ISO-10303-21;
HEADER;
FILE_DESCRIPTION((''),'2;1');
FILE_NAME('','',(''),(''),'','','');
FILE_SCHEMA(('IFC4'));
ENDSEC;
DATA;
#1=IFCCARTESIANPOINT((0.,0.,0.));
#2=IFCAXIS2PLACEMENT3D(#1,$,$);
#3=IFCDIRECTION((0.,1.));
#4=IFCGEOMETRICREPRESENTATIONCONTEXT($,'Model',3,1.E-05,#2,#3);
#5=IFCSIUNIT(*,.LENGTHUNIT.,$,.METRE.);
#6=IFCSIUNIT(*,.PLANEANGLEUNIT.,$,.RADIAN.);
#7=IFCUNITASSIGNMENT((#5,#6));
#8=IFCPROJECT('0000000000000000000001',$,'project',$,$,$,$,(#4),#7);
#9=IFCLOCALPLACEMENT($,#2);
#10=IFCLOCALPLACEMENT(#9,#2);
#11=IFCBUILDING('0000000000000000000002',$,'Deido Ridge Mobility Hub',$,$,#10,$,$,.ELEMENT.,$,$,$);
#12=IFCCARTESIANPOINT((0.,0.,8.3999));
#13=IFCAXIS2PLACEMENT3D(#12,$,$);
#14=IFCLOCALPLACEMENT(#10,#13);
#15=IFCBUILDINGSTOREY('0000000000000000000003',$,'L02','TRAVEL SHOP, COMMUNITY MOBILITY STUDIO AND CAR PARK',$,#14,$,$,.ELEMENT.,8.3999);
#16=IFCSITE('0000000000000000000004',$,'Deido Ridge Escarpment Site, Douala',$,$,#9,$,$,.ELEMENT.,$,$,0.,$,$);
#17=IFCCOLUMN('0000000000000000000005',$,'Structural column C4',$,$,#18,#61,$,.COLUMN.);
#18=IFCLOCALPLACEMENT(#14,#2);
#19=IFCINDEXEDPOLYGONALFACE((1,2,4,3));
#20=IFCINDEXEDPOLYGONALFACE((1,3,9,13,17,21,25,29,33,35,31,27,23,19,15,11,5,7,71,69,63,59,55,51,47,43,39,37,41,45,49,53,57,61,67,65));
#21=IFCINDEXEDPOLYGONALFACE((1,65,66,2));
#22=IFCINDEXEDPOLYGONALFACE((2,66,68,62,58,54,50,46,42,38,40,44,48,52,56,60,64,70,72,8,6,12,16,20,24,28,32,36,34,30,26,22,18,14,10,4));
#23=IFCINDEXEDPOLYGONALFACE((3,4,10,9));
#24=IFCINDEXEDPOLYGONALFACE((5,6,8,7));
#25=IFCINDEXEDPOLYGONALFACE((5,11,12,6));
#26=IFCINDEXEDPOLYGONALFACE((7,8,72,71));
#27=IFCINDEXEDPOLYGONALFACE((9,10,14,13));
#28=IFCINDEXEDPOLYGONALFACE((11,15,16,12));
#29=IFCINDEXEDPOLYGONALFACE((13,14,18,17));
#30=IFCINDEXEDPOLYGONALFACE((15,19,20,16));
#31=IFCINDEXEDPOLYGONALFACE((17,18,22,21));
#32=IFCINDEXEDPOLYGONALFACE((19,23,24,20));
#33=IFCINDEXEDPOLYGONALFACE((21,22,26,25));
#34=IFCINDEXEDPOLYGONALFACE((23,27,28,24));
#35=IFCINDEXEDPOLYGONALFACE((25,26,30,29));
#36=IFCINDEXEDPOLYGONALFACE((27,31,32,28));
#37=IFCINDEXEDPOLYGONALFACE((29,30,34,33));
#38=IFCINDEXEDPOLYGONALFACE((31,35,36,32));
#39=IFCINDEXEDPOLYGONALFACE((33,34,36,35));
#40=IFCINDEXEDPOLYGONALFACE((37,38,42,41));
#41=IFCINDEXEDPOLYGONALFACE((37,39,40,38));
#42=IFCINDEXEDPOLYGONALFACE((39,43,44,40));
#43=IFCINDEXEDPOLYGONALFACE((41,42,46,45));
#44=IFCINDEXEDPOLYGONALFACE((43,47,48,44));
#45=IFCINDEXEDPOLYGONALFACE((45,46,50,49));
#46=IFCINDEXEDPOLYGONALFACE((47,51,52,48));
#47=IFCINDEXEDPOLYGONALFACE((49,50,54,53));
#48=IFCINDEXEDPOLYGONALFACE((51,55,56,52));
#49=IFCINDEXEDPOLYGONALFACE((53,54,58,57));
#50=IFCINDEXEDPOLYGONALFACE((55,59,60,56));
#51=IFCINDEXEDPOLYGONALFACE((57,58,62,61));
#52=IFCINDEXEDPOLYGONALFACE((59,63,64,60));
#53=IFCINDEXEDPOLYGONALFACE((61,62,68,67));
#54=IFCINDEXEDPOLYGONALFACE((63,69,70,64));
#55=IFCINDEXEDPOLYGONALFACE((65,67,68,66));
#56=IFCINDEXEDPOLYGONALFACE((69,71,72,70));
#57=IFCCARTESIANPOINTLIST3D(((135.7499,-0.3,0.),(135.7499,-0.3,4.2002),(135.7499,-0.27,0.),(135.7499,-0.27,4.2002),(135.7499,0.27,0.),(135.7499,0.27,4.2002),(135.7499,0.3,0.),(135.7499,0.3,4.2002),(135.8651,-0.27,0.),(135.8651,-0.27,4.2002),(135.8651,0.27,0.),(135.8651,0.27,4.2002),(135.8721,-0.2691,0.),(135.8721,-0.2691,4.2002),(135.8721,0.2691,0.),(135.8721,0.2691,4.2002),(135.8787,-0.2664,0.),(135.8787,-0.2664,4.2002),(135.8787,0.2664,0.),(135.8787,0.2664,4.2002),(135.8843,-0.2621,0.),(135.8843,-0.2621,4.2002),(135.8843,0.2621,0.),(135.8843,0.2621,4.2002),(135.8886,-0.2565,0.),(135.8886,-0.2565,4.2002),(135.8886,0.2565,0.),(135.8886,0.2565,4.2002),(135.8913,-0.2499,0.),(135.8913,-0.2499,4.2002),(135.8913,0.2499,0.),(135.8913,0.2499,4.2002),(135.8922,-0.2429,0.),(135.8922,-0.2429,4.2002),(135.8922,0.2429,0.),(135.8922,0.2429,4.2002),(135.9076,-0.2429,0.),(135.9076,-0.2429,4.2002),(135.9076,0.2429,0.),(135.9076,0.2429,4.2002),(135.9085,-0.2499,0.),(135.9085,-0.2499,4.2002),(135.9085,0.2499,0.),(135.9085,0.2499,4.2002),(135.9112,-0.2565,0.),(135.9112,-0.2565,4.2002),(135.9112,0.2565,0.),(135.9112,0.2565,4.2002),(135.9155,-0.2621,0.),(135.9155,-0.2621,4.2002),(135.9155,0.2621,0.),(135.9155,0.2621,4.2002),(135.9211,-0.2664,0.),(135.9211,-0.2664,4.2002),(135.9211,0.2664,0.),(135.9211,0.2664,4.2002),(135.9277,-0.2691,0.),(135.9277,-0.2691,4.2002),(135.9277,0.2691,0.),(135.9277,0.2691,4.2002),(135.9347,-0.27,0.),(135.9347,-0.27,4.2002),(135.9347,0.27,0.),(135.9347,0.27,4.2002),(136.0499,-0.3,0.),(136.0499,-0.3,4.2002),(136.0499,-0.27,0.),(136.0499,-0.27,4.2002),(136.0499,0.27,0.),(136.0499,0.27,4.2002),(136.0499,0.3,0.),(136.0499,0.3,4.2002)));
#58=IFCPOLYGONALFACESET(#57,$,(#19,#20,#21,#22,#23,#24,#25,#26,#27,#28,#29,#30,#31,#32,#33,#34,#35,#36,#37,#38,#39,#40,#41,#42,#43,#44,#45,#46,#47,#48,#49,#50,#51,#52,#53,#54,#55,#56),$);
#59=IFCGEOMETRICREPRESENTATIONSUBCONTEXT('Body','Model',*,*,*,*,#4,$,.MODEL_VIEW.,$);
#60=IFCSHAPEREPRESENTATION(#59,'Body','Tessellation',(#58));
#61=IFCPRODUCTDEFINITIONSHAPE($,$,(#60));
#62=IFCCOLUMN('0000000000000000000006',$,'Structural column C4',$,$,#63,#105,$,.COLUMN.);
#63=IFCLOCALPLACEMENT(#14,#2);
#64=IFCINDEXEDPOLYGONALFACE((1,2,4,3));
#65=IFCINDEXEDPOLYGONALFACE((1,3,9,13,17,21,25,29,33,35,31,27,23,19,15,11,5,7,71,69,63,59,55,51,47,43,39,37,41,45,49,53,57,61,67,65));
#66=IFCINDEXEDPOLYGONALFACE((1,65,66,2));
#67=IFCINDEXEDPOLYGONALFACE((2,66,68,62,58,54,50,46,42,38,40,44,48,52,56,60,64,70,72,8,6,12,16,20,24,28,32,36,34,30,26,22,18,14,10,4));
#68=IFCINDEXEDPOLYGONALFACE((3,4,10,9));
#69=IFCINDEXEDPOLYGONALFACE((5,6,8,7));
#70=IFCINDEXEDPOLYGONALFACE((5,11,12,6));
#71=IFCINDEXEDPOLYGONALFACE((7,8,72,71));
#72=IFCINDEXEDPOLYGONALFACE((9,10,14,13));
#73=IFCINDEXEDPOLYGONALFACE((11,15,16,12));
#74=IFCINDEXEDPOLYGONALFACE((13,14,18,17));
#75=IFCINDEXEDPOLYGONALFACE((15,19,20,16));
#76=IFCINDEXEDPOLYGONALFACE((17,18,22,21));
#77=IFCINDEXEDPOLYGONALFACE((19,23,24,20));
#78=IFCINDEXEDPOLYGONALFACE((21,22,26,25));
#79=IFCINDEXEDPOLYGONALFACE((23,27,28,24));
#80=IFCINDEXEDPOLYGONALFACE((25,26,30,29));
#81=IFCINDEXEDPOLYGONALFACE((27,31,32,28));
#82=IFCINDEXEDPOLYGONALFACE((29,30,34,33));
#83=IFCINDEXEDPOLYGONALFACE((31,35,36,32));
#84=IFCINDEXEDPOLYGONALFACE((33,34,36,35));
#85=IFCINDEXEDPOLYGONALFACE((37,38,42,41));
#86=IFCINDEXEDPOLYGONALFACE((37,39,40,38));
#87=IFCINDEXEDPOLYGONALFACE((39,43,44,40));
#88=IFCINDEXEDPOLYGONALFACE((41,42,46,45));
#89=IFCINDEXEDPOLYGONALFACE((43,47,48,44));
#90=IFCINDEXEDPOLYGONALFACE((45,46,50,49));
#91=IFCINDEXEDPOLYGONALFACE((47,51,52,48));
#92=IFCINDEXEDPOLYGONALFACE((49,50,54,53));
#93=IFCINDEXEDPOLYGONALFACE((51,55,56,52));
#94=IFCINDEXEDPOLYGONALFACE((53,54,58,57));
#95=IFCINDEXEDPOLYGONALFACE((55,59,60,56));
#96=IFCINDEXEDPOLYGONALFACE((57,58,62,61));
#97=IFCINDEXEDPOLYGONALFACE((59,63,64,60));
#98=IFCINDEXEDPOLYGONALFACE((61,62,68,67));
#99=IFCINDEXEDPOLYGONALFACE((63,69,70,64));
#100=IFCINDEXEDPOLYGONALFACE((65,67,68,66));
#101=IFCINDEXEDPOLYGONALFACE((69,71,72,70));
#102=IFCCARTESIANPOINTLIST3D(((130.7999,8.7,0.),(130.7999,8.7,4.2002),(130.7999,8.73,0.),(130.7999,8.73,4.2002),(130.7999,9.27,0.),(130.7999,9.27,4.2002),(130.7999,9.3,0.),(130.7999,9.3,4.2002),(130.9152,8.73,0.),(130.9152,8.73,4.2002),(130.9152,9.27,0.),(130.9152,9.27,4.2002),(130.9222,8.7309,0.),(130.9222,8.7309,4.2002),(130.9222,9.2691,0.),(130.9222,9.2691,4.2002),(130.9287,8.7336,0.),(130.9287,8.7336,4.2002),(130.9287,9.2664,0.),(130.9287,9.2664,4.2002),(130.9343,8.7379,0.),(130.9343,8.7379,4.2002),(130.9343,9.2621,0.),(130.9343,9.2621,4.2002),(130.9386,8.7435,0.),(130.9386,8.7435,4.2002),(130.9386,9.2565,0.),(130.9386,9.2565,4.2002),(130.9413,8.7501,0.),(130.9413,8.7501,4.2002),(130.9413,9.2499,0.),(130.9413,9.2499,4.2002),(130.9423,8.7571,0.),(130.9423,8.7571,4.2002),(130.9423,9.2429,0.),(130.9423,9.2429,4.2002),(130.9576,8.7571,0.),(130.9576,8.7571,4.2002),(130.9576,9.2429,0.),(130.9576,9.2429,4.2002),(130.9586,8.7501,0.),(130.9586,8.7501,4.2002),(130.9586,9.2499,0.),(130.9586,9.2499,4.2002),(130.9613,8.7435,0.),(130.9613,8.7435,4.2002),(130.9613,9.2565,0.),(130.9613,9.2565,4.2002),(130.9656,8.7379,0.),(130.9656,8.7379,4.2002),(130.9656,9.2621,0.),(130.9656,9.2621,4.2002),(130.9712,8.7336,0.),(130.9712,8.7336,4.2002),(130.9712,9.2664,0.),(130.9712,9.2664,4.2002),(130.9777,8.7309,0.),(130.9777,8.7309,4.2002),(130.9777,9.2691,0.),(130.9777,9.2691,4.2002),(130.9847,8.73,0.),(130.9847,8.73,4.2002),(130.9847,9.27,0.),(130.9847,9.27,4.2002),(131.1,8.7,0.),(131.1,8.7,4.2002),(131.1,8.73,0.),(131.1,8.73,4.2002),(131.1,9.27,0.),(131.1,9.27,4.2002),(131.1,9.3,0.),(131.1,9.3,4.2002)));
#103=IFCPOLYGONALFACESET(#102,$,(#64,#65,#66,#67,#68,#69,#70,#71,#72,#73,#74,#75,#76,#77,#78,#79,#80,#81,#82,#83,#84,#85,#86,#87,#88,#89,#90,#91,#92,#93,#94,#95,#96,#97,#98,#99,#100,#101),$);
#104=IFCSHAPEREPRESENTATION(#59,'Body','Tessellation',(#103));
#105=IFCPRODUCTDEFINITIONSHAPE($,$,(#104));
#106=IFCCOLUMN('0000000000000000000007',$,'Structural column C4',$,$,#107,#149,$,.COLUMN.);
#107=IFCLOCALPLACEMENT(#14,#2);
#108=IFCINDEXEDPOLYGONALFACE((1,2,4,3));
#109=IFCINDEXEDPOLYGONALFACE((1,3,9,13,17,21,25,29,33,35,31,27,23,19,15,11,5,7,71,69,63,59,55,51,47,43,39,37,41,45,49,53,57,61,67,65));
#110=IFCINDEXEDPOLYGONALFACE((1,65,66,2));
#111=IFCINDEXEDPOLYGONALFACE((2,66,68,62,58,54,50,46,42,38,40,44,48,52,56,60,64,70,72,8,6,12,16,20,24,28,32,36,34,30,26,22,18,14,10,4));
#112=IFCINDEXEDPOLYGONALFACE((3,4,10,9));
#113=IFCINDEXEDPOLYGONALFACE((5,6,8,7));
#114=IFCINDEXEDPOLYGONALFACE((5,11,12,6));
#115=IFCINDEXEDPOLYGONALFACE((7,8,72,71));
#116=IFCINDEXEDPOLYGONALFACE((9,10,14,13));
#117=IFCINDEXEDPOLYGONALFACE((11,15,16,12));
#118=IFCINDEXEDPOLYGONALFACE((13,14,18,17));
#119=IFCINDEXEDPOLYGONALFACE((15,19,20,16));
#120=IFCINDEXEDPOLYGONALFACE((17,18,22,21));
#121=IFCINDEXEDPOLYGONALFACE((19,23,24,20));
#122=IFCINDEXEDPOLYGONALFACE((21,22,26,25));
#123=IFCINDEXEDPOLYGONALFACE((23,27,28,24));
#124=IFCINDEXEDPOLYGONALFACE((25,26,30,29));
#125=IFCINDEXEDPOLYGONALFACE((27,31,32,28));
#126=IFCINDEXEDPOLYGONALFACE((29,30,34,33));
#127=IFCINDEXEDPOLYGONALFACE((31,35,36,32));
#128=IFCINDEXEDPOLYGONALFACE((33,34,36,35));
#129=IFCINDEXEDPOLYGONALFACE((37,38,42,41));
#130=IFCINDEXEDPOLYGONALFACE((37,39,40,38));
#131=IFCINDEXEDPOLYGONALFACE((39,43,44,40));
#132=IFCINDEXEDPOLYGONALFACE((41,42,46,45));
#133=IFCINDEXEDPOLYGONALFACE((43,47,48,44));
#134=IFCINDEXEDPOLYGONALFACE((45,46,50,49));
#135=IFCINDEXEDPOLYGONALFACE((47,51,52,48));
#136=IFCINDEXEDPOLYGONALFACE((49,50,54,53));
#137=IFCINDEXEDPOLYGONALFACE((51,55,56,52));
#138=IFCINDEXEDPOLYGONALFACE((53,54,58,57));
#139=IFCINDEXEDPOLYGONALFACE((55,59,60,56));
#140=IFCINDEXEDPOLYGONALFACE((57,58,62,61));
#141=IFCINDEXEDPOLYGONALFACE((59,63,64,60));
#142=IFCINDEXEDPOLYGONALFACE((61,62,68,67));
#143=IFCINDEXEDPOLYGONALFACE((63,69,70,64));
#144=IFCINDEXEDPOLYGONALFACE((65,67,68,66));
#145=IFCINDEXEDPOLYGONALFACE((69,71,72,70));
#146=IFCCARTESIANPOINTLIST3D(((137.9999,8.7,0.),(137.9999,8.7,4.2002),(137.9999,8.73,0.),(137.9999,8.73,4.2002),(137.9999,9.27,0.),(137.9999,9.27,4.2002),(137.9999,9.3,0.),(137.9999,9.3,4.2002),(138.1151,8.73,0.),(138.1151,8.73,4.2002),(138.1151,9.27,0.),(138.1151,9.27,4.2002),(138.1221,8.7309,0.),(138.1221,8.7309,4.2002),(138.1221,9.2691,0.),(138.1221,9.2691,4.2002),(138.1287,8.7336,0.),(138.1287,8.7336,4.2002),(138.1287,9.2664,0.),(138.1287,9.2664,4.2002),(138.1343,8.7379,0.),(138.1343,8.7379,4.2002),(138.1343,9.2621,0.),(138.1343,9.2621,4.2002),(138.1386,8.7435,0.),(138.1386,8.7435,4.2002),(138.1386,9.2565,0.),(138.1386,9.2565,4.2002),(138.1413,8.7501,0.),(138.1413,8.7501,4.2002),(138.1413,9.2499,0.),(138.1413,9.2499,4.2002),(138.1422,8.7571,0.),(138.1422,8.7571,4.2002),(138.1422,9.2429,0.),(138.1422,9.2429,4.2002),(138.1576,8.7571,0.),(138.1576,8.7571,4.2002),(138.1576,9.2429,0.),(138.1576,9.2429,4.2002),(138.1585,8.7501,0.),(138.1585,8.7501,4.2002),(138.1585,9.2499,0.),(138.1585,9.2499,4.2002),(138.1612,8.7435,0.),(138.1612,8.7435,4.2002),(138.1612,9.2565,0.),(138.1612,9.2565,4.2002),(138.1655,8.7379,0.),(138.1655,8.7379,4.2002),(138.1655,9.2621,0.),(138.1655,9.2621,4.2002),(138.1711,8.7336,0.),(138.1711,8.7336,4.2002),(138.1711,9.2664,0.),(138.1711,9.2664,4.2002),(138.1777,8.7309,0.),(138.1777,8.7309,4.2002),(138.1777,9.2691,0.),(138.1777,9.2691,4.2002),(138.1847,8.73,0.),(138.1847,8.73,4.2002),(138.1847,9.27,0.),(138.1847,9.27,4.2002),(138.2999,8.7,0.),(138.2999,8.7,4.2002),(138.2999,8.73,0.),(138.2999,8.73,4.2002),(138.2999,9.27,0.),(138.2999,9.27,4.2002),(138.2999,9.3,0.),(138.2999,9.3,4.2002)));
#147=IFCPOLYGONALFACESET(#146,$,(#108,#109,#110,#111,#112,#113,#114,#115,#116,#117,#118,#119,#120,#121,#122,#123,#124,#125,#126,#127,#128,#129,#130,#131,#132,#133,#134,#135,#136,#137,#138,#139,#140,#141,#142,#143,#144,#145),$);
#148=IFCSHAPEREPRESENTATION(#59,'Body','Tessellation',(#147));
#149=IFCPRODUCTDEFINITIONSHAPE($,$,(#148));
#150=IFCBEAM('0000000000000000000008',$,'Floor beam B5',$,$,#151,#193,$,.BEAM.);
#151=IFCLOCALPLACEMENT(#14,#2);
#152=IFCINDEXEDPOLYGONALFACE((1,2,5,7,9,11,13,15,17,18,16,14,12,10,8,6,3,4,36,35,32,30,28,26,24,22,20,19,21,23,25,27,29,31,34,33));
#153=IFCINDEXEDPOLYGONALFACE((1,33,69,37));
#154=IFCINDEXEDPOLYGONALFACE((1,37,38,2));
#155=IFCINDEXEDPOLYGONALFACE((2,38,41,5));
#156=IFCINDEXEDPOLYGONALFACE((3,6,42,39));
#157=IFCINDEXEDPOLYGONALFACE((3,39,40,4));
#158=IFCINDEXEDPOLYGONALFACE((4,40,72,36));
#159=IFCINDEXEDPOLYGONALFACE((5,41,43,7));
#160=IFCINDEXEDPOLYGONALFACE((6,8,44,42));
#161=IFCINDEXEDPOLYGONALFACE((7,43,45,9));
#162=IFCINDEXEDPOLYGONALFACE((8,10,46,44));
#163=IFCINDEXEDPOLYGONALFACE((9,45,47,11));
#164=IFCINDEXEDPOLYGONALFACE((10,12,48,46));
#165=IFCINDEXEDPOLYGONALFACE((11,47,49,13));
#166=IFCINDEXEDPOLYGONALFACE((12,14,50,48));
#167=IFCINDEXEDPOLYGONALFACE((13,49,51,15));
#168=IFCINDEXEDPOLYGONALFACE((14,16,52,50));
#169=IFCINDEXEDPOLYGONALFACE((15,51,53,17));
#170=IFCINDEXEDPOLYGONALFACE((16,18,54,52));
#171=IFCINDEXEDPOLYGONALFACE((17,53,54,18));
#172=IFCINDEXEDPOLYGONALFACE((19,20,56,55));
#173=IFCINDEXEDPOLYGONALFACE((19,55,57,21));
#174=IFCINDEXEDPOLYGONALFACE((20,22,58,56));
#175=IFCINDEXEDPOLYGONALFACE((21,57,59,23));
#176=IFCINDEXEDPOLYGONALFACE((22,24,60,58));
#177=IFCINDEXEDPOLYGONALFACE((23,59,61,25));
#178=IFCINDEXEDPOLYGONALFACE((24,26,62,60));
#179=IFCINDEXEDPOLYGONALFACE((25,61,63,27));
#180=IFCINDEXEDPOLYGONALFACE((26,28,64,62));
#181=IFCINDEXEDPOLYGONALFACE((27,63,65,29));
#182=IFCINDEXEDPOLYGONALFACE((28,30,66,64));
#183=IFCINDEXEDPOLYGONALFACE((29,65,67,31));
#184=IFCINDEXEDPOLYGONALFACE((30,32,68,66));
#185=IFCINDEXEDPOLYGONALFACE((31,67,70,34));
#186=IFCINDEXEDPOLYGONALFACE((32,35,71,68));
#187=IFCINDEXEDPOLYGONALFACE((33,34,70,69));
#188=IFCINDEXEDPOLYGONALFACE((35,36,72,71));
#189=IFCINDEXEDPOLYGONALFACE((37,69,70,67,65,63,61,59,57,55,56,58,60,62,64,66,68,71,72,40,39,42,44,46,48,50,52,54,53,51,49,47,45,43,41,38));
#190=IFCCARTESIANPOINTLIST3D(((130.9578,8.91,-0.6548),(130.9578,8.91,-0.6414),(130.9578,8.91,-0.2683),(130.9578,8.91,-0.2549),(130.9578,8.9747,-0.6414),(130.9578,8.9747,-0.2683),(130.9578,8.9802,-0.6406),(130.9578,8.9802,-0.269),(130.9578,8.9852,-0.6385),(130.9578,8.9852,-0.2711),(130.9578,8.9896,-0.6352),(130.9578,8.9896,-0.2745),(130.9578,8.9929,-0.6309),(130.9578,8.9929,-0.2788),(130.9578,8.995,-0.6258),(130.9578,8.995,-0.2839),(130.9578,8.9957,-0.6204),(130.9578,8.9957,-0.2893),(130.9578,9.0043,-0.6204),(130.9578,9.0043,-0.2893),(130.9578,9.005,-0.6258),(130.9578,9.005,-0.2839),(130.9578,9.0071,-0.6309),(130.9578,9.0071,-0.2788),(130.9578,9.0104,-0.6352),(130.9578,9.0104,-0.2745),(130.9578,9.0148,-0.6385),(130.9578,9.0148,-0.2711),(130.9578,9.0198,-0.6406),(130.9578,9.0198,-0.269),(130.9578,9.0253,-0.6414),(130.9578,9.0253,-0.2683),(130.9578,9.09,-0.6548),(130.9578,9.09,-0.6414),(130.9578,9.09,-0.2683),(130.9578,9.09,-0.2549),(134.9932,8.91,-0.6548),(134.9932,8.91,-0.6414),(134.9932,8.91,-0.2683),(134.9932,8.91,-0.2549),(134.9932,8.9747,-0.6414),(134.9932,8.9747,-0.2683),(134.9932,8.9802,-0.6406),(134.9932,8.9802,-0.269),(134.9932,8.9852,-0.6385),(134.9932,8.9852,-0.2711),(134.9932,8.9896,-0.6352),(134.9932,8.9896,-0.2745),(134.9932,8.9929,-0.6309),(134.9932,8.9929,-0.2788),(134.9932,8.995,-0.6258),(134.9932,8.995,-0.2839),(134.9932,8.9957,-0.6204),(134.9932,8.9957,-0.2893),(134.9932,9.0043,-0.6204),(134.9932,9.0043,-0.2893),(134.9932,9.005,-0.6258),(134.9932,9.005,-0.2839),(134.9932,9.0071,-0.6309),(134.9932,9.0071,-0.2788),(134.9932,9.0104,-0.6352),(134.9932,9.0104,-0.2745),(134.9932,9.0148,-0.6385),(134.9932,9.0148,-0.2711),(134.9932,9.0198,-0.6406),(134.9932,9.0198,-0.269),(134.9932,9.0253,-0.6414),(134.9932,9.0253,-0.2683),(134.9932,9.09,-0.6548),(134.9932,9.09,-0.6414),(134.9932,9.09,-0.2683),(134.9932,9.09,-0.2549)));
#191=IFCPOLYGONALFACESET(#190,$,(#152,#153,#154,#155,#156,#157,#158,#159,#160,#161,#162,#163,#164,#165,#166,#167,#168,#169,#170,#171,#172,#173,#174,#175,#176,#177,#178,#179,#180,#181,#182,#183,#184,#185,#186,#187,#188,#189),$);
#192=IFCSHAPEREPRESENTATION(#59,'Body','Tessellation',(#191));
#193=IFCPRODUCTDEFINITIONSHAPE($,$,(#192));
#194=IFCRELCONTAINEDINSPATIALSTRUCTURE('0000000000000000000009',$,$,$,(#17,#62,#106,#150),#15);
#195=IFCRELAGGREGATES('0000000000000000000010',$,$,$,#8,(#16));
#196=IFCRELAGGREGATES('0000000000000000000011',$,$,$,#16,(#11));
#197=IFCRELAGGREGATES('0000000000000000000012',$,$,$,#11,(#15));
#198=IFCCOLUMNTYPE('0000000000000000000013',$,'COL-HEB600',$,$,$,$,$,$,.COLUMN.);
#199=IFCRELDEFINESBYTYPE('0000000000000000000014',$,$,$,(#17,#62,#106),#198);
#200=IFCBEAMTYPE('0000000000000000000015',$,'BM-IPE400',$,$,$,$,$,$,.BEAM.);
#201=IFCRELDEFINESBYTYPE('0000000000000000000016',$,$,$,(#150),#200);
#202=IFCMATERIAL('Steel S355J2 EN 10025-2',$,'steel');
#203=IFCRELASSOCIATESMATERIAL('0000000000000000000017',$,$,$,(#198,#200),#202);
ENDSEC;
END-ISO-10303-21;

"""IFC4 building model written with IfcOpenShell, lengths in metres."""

from ifc_helpers import new_model, si_unit, direction, frame, origin, origin_2d, place, context, subcontext, project, spatial, i_section, extrude, material, material_profile, profile_set, type_object, element, save


model = new_model("IFC4")

# Units and contexts
model_context = context("Model", 3, precision=1e-05, world=origin(), true_north=direction((0.0, 1.0)))
body_context = subcontext(model_context, "Body", "Model", "MODEL_VIEW")
ifc_project = project(units=[si_unit("LENGTHUNIT", "METRE"), si_unit("PLANEANGLEUNIT", "RADIAN")], contexts=[model_context])

# Site, building, storey
site_placement = place(None, origin())
site = spatial("IfcSite", under=ifc_project, at=site_placement, Name="Deido Ridge Escarpment Site, Douala", CompositionType="ELEMENT", RefElevation=0.0)
building_placement = place(site_placement, origin())
building = spatial("IfcBuilding", under=site, at=building_placement, Name="Deido Ridge Mobility Hub", CompositionType="ELEMENT")
storey_placement = place(building_placement, frame((0.0, 0.0, 8.3999)))
storey = spatial("IfcBuildingStorey", under=building, at=storey_placement, Name="L02", Description="TRAVEL SHOP, COMMUNITY MOBILITY STUDIO AND CAR PARK", CompositionType="ELEMENT", Elevation=8.3999)

# Columns
ifc_material_1 = material(Name="Steel S355J2 EN 10025-2", Category="steel")
ifc_material_profile_1 = material_profile(ifc_material_1, i_section(OverallWidth=0.3, OverallDepth=0.6001, WebThickness=0.0154, FlangeThickness=0.03, FilletRadius=0.0271, at=origin_2d()), Name="HEB 600")
ifc_profile_set_1 = profile_set([ifc_material_profile_1], Name="Steel S355J2 EN 10025-2")
column_type_1 = type_object("IfcColumnType", Name="COL-HEB600", PredefinedType="COLUMN", material=ifc_profile_set_1)
for number, where, z_axis, x_axis, name in (
    (1, (135.8999, 0.0, 0.0), (0.0, 0.0, 1.0), (1.0, 0.0, 0.0), "Structural column C4"),
    (2, (130.95, 9.0, 0.0), (0.0, 0.0, 1.0), (1.0, 0.0, 0.0), "Structural column C4"),
    (3, (138.1499, 9.0, 0.0), (0.0, 0.0, 1.0), (1.0, 0.0, 0.0), "Structural column C4"),
):
    element("IfcColumn", number, at=place(storey_placement, frame(where, z_axis=z_axis, x_axis=x_axis)), inside=storey, type_object=column_type_1, Name=name, PredefinedType="COLUMN", context=body_context, shape_type="SweptSolid", body=[
        extrude(i_section(OverallWidth=0.3, OverallDepth=0.6001, WebThickness=0.0154, FlangeThickness=0.03, FilletRadius=0.0271, at=origin_2d()), origin(), (0.0, 0.0, 1.0), 4.2002),
    ])

# Beam
ifc_material_profile_2 = material_profile(ifc_material_1, i_section(OverallWidth=0.1799, OverallDepth=0.3999, WebThickness=0.0085, FlangeThickness=0.0134, FilletRadius=0.021, at=origin_2d()), Name="IPE 400")
ifc_profile_set_2 = profile_set([ifc_material_profile_2], Name="Steel S355J2 EN 10025-2")
beam_type_1 = type_object("IfcBeamType", Name="BM-IPE400", PredefinedType="BEAM", material=ifc_profile_set_2)
beam_1_placement = place(storey_placement, frame((130.9578, 9.0, -0.4548), z_axis=(1.0, 0.0, 0.0), x_axis=(0.0, 1.0, 0.0)))
element("IfcBeam", 4, at=beam_1_placement, inside=storey, type_object=beam_type_1, Name="Floor beam B5", PredefinedType="BEAM", context=body_context, shape_type="SweptSolid", body=[
    extrude(i_section(OverallWidth=0.1799, OverallDepth=0.3999, WebThickness=0.0085, FlangeThickness=0.0134, FilletRadius=0.021, at=origin_2d()), origin(), (0.0, 0.0, 1.0), 4.0354),
])

save(model, "model.ifc")
